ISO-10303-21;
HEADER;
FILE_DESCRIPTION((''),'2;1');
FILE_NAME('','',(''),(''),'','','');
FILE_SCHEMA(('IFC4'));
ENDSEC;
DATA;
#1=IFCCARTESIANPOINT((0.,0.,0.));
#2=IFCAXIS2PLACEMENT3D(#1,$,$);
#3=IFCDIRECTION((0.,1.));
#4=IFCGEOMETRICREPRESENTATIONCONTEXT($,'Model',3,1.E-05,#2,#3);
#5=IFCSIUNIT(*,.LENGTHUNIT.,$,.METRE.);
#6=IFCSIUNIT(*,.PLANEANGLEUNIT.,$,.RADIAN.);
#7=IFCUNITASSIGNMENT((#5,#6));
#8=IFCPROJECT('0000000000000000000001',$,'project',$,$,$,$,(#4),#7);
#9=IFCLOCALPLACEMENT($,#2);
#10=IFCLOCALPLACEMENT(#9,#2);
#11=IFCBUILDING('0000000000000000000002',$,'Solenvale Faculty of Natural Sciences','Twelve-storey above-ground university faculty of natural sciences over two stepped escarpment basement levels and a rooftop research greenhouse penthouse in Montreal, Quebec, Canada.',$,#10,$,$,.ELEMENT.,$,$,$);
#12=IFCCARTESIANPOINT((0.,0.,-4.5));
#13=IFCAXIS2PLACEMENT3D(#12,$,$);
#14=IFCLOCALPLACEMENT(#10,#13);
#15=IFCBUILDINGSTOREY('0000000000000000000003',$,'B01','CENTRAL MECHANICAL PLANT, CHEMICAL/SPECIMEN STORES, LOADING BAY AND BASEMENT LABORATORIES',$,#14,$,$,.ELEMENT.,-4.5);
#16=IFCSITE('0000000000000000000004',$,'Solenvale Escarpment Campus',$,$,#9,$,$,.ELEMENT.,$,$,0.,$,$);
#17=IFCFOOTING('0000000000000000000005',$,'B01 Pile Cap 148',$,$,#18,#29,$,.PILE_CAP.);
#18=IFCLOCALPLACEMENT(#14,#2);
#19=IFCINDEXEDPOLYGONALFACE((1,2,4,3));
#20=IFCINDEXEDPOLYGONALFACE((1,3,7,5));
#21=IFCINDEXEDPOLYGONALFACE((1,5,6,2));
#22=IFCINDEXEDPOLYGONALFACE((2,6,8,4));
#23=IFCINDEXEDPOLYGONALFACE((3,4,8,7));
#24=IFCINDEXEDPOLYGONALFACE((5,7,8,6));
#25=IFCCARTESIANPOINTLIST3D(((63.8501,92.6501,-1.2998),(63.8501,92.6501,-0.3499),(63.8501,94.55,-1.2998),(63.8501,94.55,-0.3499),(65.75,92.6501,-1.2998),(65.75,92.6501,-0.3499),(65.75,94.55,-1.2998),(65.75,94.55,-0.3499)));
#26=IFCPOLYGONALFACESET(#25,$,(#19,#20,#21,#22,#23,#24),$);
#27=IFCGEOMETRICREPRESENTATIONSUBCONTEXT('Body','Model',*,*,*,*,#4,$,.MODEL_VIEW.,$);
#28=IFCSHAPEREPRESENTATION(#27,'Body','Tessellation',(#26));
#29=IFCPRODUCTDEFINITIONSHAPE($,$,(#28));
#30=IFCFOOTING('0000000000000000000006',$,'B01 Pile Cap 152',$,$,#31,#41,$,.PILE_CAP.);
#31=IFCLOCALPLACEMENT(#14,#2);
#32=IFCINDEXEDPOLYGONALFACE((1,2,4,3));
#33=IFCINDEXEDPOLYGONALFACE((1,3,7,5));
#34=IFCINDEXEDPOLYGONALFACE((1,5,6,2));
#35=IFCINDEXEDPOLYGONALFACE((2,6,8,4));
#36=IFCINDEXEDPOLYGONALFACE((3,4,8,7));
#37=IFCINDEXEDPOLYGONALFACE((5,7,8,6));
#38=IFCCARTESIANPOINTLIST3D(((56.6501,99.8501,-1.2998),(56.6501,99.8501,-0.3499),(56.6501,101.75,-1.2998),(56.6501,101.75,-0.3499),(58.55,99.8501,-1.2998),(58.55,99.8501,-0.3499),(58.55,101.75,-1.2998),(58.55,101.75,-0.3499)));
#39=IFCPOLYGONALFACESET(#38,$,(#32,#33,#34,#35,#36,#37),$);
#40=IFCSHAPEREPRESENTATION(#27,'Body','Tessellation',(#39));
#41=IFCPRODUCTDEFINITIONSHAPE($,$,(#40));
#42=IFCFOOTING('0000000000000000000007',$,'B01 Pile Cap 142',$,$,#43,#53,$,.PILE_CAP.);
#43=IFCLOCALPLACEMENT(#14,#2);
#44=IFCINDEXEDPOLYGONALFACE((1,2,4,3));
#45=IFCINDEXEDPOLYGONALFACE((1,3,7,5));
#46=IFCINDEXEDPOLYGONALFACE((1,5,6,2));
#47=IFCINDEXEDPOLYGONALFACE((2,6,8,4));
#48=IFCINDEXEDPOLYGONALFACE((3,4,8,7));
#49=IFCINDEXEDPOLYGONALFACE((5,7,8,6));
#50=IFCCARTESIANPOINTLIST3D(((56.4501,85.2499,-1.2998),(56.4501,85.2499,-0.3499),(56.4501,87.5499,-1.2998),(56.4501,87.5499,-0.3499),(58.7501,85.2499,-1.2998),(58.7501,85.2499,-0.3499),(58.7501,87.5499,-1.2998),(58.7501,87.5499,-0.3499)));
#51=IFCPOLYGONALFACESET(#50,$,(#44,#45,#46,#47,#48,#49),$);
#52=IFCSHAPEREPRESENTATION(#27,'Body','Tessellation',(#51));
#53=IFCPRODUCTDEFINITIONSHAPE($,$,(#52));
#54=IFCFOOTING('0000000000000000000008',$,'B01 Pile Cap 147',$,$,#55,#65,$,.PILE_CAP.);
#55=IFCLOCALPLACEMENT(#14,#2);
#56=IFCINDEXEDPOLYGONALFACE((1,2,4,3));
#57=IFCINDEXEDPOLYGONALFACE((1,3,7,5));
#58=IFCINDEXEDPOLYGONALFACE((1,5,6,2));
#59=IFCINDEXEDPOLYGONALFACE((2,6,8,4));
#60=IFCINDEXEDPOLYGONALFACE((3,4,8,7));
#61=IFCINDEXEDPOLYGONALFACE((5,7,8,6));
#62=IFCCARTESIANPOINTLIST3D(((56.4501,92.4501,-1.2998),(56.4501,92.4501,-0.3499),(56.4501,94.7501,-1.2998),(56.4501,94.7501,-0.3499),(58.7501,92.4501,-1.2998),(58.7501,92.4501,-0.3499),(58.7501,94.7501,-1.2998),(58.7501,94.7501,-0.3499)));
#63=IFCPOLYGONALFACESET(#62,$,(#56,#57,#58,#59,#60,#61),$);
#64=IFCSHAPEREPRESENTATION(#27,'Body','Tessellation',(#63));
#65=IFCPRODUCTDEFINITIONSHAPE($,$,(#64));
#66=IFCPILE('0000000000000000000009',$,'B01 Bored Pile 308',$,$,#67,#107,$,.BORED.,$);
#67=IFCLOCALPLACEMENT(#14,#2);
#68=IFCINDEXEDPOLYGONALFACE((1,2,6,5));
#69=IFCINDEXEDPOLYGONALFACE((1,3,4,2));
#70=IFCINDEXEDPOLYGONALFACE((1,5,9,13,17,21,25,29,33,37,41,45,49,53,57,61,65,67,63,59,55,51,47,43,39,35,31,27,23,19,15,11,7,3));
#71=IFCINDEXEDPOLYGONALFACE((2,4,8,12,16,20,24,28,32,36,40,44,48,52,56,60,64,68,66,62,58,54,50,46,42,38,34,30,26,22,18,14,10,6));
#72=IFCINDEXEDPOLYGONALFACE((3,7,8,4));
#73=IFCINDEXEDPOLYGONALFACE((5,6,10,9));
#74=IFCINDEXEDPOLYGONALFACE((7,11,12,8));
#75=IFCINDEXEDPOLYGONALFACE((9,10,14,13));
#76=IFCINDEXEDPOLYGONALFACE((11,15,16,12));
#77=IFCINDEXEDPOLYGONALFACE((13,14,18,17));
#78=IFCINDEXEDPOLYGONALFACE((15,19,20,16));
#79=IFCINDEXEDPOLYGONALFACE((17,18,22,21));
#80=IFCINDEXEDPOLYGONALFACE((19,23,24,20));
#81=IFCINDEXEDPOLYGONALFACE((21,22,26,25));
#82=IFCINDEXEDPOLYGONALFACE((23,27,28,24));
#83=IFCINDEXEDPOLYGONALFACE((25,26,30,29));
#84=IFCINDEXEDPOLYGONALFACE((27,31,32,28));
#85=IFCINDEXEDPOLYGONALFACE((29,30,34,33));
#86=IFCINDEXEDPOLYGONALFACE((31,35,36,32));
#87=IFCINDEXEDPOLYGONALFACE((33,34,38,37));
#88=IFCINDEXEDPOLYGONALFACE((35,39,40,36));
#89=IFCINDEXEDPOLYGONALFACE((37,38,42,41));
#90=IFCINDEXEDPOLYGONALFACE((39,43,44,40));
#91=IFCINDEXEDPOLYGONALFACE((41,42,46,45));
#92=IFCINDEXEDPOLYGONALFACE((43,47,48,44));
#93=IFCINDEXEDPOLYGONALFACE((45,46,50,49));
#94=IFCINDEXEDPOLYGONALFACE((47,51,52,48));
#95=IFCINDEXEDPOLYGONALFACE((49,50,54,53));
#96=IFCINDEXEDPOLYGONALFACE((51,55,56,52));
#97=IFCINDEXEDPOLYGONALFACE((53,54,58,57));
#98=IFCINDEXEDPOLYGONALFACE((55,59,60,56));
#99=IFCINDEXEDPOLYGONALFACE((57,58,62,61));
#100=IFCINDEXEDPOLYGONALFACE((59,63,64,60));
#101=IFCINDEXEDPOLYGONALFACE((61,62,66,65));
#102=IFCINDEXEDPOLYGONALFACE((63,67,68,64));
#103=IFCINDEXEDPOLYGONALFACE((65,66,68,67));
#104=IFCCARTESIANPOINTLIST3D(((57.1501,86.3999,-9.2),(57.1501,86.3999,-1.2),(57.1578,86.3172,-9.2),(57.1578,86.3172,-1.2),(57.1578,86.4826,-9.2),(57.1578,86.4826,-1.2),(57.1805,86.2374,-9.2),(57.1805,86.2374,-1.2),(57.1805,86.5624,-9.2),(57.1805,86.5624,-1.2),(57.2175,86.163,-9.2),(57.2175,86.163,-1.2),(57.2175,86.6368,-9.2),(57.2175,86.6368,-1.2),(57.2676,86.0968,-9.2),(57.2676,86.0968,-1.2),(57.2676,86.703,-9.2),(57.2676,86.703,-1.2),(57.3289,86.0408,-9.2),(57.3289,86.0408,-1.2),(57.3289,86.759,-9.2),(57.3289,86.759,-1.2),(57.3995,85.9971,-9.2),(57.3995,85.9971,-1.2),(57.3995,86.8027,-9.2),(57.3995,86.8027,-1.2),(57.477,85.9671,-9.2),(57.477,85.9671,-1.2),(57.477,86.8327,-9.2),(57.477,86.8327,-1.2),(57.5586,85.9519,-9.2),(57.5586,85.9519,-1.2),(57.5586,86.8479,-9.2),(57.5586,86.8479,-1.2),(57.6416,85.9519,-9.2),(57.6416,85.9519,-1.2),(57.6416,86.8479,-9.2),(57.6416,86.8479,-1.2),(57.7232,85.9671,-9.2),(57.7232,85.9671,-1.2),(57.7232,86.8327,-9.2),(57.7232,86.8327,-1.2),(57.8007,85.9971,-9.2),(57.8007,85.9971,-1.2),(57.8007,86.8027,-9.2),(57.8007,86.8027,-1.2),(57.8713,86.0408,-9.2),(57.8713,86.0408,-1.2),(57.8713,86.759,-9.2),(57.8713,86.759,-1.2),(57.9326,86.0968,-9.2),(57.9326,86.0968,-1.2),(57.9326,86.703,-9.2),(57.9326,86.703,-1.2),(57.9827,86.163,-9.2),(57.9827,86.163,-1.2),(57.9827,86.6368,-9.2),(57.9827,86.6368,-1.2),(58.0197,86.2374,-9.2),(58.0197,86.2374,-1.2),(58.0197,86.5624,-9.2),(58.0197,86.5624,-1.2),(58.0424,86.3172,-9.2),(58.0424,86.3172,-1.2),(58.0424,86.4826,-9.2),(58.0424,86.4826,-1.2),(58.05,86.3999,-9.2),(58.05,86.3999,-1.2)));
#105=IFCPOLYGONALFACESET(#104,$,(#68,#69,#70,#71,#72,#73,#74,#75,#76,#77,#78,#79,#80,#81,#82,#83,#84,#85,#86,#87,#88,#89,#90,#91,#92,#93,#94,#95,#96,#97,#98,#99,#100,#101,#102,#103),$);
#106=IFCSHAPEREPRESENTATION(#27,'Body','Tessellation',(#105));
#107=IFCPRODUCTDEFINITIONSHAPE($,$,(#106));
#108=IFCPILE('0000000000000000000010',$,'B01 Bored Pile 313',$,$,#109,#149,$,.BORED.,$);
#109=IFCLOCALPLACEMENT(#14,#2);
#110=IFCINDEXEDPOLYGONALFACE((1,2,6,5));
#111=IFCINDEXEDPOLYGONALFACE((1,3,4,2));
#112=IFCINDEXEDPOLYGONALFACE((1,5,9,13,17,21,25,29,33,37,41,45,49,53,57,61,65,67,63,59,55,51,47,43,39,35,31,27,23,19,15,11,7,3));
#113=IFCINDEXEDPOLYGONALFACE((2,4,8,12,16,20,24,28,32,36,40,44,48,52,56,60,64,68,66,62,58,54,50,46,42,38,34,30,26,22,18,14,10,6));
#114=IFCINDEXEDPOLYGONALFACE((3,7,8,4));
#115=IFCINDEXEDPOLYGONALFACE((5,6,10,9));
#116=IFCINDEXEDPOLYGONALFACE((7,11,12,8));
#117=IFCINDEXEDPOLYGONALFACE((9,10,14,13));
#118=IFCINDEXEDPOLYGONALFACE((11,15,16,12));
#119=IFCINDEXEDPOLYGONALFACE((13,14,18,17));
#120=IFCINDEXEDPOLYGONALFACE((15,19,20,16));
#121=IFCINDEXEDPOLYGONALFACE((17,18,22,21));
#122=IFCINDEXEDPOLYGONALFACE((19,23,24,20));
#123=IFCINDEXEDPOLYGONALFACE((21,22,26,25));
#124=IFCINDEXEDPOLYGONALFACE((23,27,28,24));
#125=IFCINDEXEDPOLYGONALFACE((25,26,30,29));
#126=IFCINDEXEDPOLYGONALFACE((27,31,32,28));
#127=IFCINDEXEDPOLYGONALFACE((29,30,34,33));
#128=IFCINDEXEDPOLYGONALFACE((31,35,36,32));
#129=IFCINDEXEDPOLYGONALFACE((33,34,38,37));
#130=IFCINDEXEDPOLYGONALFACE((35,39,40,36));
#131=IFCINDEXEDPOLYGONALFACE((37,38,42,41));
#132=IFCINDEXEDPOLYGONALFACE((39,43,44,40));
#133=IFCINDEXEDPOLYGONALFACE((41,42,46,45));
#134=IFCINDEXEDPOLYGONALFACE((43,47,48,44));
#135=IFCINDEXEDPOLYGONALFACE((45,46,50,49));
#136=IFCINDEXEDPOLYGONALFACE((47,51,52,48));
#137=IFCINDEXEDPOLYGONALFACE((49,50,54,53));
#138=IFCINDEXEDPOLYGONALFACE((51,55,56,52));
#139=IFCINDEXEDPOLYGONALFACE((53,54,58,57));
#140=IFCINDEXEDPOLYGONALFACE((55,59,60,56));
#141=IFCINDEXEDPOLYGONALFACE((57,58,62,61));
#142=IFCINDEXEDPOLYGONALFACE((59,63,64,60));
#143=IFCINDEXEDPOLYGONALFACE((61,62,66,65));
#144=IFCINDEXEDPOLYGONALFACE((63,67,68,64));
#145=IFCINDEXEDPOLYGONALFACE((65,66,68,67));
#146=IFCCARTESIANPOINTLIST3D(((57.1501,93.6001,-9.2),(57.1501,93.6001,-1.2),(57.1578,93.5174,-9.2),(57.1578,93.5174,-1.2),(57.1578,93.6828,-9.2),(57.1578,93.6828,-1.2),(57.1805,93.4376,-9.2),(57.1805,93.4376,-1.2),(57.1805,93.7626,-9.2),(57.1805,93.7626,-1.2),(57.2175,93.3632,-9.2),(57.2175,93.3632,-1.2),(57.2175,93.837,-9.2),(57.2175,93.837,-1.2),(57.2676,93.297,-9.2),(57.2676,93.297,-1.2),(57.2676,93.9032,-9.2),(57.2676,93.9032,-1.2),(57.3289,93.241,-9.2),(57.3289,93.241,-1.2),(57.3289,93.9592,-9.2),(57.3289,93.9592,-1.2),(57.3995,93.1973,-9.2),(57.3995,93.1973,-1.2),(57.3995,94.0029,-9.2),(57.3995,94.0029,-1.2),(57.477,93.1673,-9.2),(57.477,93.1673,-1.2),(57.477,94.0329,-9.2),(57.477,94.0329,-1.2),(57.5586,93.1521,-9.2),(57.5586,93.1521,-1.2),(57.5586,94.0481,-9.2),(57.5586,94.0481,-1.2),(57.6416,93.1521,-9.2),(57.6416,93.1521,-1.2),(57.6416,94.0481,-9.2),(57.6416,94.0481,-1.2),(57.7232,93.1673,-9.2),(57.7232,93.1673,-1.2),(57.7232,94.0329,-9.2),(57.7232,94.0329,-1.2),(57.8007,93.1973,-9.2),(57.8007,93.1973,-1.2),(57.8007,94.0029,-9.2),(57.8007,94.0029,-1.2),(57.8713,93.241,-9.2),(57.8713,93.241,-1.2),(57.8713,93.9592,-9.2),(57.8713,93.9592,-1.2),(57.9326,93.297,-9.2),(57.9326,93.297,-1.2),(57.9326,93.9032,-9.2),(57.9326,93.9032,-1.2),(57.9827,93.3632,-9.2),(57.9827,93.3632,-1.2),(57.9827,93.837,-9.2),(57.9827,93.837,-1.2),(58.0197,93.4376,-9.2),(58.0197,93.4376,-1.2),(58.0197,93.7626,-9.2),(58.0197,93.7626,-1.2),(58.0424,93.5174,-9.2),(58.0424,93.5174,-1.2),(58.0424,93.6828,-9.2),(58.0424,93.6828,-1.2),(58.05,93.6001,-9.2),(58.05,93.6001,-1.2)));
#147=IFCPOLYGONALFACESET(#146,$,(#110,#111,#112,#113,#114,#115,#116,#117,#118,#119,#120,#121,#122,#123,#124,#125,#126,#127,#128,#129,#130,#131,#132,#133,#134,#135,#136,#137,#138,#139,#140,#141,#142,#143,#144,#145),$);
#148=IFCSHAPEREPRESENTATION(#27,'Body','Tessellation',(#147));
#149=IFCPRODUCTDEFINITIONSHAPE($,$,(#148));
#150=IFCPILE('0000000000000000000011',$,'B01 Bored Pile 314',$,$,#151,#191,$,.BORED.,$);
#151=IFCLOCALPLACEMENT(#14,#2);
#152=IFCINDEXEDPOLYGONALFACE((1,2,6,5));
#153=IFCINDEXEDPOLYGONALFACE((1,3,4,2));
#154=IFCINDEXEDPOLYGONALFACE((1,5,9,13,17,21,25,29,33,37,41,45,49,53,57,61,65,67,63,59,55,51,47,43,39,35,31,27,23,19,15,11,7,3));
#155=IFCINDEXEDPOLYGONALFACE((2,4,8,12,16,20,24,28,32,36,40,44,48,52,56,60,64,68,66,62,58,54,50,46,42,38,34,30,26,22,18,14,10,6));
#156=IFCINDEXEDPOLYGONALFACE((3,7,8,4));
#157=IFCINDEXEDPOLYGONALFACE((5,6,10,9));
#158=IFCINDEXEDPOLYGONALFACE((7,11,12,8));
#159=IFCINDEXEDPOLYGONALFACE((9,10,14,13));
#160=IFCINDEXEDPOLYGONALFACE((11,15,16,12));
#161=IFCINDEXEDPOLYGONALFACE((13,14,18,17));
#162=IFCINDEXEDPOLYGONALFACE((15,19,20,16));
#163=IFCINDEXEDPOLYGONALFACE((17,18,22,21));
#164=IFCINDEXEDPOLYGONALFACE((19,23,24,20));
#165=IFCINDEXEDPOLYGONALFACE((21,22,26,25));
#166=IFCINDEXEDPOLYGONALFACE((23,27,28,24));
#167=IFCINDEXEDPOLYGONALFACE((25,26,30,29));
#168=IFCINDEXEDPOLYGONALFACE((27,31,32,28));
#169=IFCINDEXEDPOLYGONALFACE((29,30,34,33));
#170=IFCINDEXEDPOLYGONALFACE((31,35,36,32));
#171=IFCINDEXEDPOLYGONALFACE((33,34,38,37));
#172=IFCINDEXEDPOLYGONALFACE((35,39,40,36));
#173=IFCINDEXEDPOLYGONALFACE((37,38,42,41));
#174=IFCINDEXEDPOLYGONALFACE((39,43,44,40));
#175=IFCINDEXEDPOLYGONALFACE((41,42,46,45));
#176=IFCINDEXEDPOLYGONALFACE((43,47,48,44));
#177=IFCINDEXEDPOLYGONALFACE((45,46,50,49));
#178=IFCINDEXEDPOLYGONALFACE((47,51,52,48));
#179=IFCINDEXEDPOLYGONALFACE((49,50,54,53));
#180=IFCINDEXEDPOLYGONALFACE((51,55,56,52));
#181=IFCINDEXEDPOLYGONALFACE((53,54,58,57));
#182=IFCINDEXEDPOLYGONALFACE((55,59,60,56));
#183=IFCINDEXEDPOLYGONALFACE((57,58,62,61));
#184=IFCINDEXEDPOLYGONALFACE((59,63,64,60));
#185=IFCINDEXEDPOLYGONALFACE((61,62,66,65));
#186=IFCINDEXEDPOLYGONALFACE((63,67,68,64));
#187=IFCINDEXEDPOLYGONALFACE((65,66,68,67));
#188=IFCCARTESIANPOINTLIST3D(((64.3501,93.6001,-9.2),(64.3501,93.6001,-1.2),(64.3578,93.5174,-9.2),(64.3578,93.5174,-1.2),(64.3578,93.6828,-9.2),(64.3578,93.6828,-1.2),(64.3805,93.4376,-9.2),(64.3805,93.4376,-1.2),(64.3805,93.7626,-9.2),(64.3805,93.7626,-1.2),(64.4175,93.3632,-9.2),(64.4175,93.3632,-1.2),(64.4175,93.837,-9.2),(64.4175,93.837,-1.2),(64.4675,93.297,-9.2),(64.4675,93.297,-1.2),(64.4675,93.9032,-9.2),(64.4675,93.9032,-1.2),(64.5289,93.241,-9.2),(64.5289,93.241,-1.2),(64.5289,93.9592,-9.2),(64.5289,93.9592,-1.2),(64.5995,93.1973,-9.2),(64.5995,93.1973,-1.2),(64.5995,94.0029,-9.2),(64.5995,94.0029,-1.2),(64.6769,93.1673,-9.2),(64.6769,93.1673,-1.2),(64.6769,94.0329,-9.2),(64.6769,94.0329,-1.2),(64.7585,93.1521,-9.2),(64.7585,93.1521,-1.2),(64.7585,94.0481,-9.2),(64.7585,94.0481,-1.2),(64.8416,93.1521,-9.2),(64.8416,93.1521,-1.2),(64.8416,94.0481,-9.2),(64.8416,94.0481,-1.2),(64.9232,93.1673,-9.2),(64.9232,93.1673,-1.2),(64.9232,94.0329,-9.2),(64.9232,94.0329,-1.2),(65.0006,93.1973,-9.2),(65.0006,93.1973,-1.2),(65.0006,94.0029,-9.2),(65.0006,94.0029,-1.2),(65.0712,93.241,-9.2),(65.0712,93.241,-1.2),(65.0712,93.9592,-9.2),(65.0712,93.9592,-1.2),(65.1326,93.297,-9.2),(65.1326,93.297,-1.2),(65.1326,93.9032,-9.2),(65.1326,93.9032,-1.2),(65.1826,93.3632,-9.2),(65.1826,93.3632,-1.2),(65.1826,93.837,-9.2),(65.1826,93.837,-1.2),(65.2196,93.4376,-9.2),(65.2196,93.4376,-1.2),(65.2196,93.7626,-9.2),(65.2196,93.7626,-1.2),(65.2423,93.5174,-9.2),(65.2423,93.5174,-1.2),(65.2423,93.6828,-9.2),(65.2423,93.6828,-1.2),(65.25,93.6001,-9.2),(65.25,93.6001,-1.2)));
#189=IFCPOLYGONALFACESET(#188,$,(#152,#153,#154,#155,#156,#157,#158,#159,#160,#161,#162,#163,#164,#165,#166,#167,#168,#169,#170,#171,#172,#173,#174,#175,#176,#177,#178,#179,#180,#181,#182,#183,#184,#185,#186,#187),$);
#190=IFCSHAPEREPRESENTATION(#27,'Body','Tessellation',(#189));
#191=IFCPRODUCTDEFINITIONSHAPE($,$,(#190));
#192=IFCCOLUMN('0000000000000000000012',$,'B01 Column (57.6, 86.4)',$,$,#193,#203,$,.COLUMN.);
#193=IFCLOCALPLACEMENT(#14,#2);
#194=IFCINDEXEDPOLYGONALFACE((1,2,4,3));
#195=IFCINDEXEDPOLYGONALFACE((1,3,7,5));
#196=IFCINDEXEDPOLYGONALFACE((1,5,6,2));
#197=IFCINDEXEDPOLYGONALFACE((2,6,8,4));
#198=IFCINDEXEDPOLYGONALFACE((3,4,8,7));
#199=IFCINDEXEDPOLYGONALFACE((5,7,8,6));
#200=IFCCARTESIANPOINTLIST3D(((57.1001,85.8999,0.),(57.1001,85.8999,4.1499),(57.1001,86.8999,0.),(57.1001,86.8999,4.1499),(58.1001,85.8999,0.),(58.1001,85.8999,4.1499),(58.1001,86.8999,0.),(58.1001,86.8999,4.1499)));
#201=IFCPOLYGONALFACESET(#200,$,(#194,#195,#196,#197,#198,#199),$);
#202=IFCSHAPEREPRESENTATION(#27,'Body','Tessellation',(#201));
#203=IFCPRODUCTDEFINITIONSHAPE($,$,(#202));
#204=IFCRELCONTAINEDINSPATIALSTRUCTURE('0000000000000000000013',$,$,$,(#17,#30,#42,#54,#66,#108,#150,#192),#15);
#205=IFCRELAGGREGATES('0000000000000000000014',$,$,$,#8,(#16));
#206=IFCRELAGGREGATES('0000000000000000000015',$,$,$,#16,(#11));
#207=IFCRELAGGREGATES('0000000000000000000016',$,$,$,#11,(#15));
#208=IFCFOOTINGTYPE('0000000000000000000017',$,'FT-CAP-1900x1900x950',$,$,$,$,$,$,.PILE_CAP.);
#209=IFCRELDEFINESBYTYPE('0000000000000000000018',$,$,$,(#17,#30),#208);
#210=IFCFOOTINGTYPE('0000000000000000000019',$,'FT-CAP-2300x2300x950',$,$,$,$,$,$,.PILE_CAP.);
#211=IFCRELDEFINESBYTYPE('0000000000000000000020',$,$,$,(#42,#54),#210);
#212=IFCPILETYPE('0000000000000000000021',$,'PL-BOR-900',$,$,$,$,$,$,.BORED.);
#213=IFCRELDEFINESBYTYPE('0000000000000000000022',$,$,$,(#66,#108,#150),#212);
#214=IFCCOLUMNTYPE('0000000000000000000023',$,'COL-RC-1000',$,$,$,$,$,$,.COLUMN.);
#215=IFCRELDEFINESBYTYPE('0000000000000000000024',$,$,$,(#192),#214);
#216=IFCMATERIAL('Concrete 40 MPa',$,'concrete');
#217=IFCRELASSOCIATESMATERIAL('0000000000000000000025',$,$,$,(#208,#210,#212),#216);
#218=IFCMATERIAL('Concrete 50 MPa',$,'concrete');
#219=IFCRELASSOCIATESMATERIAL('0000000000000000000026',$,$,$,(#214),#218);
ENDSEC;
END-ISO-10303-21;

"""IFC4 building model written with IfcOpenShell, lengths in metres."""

from ifc_helpers import new_model, si_unit, direction, frame, origin, origin_2d, place, context, subcontext, project, spatial, rectangle, circle, extrude, material, material_profile, profile_set, type_object, element, save


model = new_model("IFC4")

# Units and contexts
model_context = context("Model", 3, precision=1e-05, world=origin(), true_north=direction((0.0, 1.0)))
body_context = subcontext(model_context, "Body", "Model", "MODEL_VIEW")
ifc_project = project(units=[si_unit("LENGTHUNIT", "METRE"), si_unit("PLANEANGLEUNIT", "RADIAN")], contexts=[model_context])

# Site, building, storey
site_placement = place(None, origin())
site = spatial("IfcSite", under=ifc_project, at=site_placement, Name="Solenvale Escarpment Campus", CompositionType="ELEMENT", RefElevation=0.0)
building_placement = place(site_placement, origin())
building = spatial("IfcBuilding", under=site, at=building_placement, Name="Solenvale Faculty of Natural Sciences", Description="Twelve-storey above-ground university faculty of natural sciences over two stepped escarpment basement levels and a rooftop research greenhouse penthouse in Montreal, Quebec, Canada.", CompositionType="ELEMENT")
storey_placement = place(building_placement, frame((0.0, 0.0, -4.5)))
storey = spatial("IfcBuildingStorey", under=building, at=storey_placement, Name="B01", Description="CENTRAL MECHANICAL PLANT, CHEMICAL/SPECIMEN STORES, LOADING BAY AND BASEMENT LABORATORIES", CompositionType="ELEMENT", Elevation=-4.5)

# Footings
ifc_material_1 = material(Name="Concrete 40 MPa", Category="concrete")
footing_type_1 = type_object("IfcFootingType", Name="FT-CAP-1900x1900x950", PredefinedType="PILE_CAP", material=ifc_material_1)
for number, where, z_axis, x_axis, name in (
    (1, (64.8, 93.6001, -1.2998), (0.0, 0.0, 1.0), (1.0, 0.0, 0.0), "B01 Pile Cap 148"),
    (2, (57.6001, 100.8, -1.2998), (0.0, 0.0, 1.0), (1.0, 0.0, 0.0), "B01 Pile Cap 152"),
):
    element("IfcFooting", number, at=place(storey_placement, frame(where, z_axis=z_axis, x_axis=x_axis)), inside=storey, type_object=footing_type_1, Name=name, PredefinedType="PILE_CAP", context=body_context, shape_type="SweptSolid", body=[
        extrude(rectangle(XDim=1.8999, YDim=1.8999, at=origin_2d()), origin(), (0.0, 0.0, 1.0), 0.95),
    ])
footing_type_2 = type_object("IfcFootingType", Name="FT-CAP-2300x2300x950", PredefinedType="PILE_CAP", material=ifc_material_1)
for number, where, z_axis, x_axis, name in (
    (3, (57.6001, 86.3999, -1.2998), (0.0, 0.0, 1.0), (1.0, 0.0, 0.0), "B01 Pile Cap 142"),
    (4, (57.6001, 93.6001, -1.2998), (0.0, 0.0, 1.0), (1.0, 0.0, 0.0), "B01 Pile Cap 147"),
):
    element("IfcFooting", number, at=place(storey_placement, frame(where, z_axis=z_axis, x_axis=x_axis)), inside=storey, type_object=footing_type_2, Name=name, PredefinedType="PILE_CAP", context=body_context, shape_type="SweptSolid", body=[
        extrude(rectangle(XDim=2.3, YDim=2.3, at=origin_2d()), origin(), (0.0, 0.0, 1.0), 0.95),
    ])

# Piles
ifc_material_profile_1 = material_profile(ifc_material_1, circle(Radius=0.45, at=origin_2d()), Name="PILE-D900")
ifc_profile_set_1 = profile_set([ifc_material_profile_1], Name="Concrete 40 MPa")
pile_type = type_object("IfcPileType", Name="PL-BOR-900", PredefinedType="BORED", material=ifc_profile_set_1)
for number, where, z_axis, x_axis, name in (
    (5, (57.6001, 86.3999, -1.2), (0.0, 0.0, -1.0), (1.0, 0.0, 0.0), "B01 Bored Pile 308"),
    (6, (57.6001, 93.6001, -1.2), (0.0, 0.0, -1.0), (1.0, 0.0, 0.0), "B01 Bored Pile 313"),
    (7, (64.8, 93.6001, -1.2), (0.0, 0.0, -1.0), (1.0, 0.0, 0.0), "B01 Bored Pile 314"),
):
    element("IfcPile", number, at=place(storey_placement, frame(where, z_axis=z_axis, x_axis=x_axis)), inside=storey, type_object=pile_type, Name=name, PredefinedType="BORED", context=body_context, shape_type="SweptSolid", body=[
        extrude(circle(Radius=0.45, at=origin_2d()), origin(), (0.0, 0.0, 1.0), 8.0),
    ])

# Column
ifc_material_2 = material(Name="Concrete 50 MPa", Category="concrete")
ifc_material_profile_2 = material_profile(ifc_material_2, rectangle(XDim=1.0, YDim=1.0, at=origin_2d()), Name="RC-COL-1000x1000")
ifc_profile_set_2 = profile_set([ifc_material_profile_2], Name="Concrete 50 MPa")
column_type_1 = type_object("IfcColumnType", Name="COL-RC-1000", PredefinedType="COLUMN", material=ifc_profile_set_2)
column_1_placement = place(storey_placement, frame((57.6001, 86.3999, 0.0), z_axis=(0.0, 0.0, 1.0), x_axis=(1.0, 0.0, 0.0)))
element("IfcColumn", 8, at=column_1_placement, inside=storey, type_object=column_type_1, Name="B01 Column (57.6, 86.4)", PredefinedType="COLUMN", context=body_context, shape_type="SweptSolid", body=[
    extrude(rectangle(XDim=1.0, YDim=1.0, at=origin_2d()), origin(), (0.0, 0.0, 1.0), 4.1499),
])

save(model, "model.ifc")
